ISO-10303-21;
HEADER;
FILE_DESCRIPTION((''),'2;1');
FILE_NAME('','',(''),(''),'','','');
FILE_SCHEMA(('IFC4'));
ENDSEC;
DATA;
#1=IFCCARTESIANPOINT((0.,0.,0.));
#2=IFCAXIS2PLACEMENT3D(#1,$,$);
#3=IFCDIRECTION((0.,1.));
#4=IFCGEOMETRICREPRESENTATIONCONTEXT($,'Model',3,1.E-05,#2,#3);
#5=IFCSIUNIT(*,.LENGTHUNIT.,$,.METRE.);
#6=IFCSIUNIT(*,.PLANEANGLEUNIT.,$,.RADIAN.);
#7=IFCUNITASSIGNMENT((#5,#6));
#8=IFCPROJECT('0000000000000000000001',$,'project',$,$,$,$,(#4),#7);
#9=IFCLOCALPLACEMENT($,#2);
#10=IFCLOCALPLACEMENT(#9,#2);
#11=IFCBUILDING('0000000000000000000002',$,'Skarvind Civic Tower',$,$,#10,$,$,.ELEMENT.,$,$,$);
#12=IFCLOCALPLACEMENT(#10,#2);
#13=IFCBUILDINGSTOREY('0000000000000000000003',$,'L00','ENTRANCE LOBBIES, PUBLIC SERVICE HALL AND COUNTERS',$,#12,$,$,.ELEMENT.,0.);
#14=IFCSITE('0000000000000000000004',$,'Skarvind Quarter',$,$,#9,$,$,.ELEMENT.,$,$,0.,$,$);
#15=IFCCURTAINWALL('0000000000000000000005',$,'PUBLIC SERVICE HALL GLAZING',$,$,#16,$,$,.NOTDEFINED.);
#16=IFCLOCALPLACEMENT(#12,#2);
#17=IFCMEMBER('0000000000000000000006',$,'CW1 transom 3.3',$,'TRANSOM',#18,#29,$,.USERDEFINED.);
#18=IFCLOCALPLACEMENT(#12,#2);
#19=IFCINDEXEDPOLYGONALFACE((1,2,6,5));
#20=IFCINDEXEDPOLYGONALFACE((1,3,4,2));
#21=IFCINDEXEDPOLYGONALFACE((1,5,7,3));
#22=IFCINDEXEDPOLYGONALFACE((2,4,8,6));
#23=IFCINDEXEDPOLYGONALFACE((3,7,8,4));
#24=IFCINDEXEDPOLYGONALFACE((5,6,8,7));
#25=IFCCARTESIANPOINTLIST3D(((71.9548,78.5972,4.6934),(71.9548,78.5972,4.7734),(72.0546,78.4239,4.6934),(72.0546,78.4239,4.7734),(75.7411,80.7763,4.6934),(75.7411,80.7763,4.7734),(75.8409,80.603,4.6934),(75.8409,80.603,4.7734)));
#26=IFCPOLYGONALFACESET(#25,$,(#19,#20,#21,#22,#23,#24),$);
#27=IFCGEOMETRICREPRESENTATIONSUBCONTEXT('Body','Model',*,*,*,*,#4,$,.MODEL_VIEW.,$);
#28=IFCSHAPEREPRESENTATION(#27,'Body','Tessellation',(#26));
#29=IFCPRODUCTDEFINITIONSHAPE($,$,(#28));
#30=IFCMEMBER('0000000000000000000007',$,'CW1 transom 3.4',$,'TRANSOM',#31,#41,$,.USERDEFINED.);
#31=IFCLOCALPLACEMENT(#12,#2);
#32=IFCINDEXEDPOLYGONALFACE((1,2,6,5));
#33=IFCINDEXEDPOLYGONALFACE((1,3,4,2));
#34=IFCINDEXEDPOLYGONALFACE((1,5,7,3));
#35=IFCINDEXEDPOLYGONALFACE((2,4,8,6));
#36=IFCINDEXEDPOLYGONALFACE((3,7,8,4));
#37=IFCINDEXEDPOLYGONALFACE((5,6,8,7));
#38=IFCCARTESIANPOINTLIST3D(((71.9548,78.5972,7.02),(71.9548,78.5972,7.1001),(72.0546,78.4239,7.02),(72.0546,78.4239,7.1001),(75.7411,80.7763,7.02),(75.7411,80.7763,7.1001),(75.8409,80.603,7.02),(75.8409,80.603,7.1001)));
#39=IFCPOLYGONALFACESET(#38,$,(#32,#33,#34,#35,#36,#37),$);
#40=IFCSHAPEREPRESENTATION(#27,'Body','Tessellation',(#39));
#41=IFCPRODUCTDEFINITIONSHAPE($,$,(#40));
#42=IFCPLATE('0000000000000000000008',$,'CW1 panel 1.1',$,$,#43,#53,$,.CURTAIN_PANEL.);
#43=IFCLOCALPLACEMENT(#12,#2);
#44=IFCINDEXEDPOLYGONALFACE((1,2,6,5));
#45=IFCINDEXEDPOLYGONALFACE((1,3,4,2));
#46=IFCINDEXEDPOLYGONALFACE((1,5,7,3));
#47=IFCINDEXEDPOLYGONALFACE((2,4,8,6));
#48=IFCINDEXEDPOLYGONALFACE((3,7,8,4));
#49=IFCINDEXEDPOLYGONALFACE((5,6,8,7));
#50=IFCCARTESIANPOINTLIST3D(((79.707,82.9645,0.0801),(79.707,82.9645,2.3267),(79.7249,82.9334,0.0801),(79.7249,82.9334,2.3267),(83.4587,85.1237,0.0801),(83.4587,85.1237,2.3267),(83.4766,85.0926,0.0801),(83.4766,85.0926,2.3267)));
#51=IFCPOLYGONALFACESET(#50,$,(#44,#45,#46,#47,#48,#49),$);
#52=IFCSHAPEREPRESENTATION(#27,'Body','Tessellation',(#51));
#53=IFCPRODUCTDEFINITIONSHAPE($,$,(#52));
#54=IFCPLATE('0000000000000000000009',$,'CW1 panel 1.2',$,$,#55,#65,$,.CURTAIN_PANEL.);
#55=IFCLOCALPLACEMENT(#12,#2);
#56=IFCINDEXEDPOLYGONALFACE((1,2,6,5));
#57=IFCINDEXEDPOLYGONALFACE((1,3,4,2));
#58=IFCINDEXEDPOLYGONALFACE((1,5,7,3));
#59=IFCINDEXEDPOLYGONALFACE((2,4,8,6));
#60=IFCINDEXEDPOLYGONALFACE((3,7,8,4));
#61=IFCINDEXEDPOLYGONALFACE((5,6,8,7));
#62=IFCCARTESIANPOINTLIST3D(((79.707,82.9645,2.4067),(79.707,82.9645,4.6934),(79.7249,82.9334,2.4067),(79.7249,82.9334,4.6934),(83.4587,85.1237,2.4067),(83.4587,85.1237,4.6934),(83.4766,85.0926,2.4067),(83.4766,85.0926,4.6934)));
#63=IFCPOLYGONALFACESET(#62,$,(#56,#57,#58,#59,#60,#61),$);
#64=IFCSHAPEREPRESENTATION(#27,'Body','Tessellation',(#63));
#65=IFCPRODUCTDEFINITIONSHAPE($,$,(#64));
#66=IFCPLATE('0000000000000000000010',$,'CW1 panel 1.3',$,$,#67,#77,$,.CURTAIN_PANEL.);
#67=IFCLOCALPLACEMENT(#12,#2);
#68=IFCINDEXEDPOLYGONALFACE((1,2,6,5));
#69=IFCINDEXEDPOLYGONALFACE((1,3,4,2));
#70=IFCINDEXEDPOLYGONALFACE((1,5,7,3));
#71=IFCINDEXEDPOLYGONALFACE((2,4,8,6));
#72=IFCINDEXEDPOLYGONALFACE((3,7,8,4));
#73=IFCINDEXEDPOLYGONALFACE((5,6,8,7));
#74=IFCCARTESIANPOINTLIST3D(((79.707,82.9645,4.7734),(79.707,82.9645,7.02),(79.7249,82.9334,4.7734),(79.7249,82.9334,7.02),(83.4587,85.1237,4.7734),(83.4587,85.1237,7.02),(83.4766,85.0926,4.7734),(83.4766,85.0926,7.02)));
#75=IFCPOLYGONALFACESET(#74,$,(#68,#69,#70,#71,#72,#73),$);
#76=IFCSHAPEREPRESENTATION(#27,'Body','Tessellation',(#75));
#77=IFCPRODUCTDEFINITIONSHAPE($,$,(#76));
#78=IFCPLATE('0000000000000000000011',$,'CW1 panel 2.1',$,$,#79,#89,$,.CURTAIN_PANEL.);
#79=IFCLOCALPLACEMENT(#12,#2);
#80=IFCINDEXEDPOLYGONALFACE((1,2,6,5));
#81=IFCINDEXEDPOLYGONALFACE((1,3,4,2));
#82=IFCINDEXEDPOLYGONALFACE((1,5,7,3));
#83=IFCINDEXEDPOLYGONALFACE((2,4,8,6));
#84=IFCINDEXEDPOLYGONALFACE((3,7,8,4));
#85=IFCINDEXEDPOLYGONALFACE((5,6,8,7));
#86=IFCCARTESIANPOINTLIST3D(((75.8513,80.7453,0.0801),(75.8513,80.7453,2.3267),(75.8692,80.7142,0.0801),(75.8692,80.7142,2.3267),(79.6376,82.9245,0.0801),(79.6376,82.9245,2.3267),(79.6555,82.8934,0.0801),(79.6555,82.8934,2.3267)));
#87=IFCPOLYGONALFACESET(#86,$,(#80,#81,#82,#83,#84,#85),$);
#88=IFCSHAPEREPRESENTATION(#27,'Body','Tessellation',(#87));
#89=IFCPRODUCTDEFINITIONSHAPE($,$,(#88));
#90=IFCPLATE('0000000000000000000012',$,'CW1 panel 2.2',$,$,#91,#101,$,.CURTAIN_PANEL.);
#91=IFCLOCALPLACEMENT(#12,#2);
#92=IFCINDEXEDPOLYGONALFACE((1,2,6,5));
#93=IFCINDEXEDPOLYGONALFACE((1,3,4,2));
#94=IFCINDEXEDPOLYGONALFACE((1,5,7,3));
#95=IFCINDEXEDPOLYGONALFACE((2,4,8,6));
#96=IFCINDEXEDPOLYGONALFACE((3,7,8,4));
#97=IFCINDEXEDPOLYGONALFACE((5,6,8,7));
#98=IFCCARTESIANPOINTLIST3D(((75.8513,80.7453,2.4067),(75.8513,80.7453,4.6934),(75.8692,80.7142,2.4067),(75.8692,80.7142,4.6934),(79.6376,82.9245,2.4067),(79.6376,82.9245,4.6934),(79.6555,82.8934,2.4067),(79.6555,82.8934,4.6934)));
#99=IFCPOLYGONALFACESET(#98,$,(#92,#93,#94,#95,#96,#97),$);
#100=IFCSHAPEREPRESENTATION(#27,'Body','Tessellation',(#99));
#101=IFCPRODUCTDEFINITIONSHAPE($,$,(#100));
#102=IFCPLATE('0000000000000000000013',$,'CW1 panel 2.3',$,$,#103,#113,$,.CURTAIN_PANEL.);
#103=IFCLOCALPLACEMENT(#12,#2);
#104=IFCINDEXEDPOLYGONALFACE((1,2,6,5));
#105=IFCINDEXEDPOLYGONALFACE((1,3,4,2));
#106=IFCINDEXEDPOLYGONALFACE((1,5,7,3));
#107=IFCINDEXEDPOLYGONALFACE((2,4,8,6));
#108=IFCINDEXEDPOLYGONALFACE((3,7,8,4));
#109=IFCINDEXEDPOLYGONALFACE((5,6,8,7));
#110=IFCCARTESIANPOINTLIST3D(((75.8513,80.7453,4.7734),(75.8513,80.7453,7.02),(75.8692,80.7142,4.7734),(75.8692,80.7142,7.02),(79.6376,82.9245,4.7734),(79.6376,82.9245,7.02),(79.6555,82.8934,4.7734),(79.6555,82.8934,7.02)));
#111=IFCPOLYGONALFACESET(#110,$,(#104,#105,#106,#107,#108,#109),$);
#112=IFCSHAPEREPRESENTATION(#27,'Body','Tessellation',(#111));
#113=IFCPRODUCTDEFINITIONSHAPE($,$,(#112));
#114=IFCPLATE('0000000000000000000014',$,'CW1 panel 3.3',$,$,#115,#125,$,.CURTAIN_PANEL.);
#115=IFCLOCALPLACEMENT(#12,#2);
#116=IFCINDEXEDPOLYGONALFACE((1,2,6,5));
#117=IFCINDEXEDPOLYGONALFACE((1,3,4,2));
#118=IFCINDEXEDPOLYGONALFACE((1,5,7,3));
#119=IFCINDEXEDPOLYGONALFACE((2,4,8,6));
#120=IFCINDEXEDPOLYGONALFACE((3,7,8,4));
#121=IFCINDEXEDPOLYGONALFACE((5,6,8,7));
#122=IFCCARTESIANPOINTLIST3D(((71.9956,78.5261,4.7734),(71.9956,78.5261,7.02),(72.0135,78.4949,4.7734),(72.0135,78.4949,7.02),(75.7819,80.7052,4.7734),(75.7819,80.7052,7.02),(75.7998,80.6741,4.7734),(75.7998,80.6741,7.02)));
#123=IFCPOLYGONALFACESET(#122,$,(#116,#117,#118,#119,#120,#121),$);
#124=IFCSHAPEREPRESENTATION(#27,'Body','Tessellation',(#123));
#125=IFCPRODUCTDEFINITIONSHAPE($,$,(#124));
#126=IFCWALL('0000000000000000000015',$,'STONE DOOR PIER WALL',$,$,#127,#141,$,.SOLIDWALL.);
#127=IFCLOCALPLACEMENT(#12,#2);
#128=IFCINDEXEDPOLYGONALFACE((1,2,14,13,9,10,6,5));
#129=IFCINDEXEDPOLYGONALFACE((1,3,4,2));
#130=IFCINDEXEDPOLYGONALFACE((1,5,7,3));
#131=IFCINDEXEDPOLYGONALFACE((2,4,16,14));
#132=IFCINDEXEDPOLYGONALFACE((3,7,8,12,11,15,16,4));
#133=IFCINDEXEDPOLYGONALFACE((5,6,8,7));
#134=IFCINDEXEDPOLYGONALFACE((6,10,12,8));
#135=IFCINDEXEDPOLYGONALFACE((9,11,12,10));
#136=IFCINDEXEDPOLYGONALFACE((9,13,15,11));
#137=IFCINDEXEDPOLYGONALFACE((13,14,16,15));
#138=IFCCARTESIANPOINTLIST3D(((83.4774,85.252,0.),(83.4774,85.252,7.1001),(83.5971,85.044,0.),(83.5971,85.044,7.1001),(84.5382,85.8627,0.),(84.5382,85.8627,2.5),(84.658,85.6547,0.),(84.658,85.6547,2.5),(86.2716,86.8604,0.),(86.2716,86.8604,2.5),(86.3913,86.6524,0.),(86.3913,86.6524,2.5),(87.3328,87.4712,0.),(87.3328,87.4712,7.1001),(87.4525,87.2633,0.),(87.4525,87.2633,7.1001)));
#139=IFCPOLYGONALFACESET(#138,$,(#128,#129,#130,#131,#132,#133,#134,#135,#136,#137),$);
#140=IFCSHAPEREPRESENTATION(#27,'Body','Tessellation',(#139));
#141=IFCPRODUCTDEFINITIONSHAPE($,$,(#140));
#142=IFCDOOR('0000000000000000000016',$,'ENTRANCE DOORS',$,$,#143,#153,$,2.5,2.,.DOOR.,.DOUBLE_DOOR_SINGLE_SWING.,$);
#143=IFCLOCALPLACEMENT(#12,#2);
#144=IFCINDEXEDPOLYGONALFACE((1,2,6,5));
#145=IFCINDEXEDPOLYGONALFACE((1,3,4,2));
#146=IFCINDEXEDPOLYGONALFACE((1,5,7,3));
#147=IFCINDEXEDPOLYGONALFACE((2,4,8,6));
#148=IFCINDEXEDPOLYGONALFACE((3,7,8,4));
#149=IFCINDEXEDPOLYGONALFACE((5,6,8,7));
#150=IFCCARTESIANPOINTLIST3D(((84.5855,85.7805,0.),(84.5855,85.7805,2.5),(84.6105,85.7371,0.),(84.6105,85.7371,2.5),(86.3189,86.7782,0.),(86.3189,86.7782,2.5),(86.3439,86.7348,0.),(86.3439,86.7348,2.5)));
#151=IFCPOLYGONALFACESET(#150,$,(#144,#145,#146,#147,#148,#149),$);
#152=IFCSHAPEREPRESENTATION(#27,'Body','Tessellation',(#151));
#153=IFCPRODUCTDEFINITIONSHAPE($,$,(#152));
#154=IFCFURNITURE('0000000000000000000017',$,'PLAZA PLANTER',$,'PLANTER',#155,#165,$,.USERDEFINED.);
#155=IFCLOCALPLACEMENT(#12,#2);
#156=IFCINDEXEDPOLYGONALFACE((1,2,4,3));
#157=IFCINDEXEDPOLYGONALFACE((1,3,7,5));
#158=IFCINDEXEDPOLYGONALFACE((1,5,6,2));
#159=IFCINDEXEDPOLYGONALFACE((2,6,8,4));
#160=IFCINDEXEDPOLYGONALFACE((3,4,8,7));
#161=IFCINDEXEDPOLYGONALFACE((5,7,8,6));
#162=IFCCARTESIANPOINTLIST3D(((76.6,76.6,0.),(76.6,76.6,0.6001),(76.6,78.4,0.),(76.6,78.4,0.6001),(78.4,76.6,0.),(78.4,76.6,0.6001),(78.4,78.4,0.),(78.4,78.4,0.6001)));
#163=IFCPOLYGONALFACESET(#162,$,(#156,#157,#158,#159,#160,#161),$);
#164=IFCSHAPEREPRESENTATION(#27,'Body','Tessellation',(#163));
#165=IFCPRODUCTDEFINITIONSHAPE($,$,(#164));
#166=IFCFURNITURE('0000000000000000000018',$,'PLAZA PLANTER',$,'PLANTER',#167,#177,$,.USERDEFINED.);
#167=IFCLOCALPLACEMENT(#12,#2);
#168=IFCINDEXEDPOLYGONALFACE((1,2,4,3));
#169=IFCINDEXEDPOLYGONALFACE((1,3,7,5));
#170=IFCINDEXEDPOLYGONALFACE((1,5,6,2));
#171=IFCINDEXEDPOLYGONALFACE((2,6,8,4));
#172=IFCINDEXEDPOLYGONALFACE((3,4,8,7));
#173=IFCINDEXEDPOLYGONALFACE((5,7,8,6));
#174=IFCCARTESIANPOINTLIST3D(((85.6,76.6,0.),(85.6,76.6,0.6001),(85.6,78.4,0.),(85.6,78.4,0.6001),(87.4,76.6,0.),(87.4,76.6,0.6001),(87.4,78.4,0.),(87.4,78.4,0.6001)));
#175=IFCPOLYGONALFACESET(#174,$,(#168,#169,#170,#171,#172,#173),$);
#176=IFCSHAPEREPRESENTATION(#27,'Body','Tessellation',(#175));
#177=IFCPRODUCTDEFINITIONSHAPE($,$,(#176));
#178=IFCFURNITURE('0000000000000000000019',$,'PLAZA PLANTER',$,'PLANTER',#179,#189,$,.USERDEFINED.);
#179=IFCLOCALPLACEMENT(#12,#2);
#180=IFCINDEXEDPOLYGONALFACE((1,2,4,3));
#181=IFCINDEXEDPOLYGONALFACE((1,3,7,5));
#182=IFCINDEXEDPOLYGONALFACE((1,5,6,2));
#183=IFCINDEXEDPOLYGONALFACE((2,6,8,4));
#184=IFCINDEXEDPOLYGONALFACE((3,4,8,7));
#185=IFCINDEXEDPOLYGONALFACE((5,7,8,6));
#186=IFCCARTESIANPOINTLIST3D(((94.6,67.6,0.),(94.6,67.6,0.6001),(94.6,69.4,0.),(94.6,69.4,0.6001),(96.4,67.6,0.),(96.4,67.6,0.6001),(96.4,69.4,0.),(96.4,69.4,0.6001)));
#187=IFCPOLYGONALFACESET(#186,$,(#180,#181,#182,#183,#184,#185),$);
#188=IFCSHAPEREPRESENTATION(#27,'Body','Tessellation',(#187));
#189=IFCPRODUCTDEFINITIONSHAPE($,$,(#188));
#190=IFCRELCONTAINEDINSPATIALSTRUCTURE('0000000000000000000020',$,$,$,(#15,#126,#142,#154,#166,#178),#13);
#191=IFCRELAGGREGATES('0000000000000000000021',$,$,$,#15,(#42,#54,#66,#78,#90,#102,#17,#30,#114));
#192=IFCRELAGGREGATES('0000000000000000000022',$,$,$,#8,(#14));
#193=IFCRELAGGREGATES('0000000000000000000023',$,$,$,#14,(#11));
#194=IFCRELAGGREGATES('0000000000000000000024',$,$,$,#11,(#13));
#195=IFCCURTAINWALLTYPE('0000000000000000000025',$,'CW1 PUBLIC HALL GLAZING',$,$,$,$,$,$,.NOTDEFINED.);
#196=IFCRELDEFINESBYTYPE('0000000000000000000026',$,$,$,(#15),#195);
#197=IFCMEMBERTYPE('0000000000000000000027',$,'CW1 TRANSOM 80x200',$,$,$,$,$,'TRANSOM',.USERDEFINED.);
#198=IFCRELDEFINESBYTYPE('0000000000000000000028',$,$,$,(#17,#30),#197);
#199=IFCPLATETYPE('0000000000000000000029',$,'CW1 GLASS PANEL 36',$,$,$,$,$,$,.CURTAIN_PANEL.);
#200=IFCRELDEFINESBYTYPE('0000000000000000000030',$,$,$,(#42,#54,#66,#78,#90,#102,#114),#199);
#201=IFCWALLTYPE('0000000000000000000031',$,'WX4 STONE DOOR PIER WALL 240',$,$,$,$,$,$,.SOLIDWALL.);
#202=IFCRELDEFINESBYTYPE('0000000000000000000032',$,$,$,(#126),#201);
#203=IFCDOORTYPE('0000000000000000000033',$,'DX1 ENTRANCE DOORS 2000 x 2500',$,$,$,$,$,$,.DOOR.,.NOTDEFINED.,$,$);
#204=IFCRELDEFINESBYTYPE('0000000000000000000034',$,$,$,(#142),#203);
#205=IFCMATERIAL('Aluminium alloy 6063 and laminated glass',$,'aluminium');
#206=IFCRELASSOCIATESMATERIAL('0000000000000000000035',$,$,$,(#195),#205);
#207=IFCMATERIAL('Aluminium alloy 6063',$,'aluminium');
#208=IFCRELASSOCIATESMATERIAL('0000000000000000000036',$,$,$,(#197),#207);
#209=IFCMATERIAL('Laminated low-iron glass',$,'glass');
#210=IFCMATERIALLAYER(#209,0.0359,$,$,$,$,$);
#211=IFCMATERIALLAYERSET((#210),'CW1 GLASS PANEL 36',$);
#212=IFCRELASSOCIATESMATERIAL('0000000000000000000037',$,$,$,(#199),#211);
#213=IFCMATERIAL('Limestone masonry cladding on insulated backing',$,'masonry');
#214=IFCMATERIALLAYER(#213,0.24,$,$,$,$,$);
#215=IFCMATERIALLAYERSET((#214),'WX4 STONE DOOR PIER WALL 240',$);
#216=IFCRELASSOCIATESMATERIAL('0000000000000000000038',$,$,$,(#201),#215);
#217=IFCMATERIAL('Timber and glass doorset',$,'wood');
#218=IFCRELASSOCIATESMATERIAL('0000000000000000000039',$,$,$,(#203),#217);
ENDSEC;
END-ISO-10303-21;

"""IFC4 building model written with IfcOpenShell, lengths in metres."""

from ifc_helpers import new_model, si_unit, direction, frame, frame_2d, origin, origin_2d, place, context, subcontext, project, spatial, rectangle, extrude, material, layer, layer_set, material_profile, profile_set, type_object, element, fill, aggregate, save


model = new_model("IFC4")

# Units and contexts
model_context = context("Model", 3, precision=1e-05, world=origin(), true_north=direction((0.0, 1.0)))
body_context = subcontext(model_context, "Body", "Model", "MODEL_VIEW")
ifc_project = project(units=[si_unit("LENGTHUNIT", "METRE"), si_unit("PLANEANGLEUNIT", "RADIAN")], contexts=[model_context])

# Site, building, storey
site_placement = place(None, origin())
site = spatial("IfcSite", under=ifc_project, at=site_placement, Name="Skarvind Quarter", CompositionType="ELEMENT", RefElevation=0.0)
building_placement = place(site_placement, origin())
building = spatial("IfcBuilding", under=site, at=building_placement, Name="Skarvind Civic Tower", CompositionType="ELEMENT")
storey_placement = place(building_placement, origin())
storey = spatial("IfcBuildingStorey", under=building, at=storey_placement, Name="L00", Description="ENTRANCE LOBBIES, PUBLIC SERVICE HALL AND COUNTERS", CompositionType="ELEMENT", Elevation=0.0)

# Curtain wall, members, plates
ifc_material_1 = material(Name="Aluminium alloy 6063 and laminated glass", Category="aluminium")
curtain_wall_type = type_object("IfcCurtainWallType", Name="CW1 PUBLIC HALL GLAZING", PredefinedType="NOTDEFINED", material=ifc_material_1)
curtain_wall_placement = place(storey_placement, origin())
curtain_wall = element("IfcCurtainWall", 1, at=curtain_wall_placement, inside=storey, type_object=curtain_wall_type, Name="PUBLIC SERVICE HALL GLAZING", PredefinedType="NOTDEFINED")
ifc_material_2 = material(Name="Aluminium alloy 6063", Category="aluminium")
ifc_material_profile_1 = material_profile(ifc_material_2, rectangle(XDim=0.2, YDim=0.0801, at=origin_2d()), Name="AL 80x200")
ifc_profile_set_1 = profile_set([ifc_material_profile_1], Name="Aluminium alloy 6063")
member_type_1 = type_object("IfcMemberType", Name="CW1 TRANSOM 80x200", ElementType="TRANSOM", PredefinedType="USERDEFINED", material=ifc_profile_set_1)
member_1_placement = place(storey_placement, frame((75.791, 80.6897, 4.7334), z_axis=(-0.866705, -0.498821, 0.0), x_axis=(0.498821, -0.866705, 0.0)))
member_1 = element("IfcMember", 2, at=member_1_placement, type_object=member_type_1, Name="CW1 transom 3.3", ObjectType="TRANSOM", PredefinedType="USERDEFINED", context=body_context, shape_type="SweptSolid", body=[
    extrude(rectangle(XDim=0.2, YDim=0.0801, at=origin_2d()), origin(), (0.0, 0.0, 1.0), 4.3687),
])
member_2_placement = place(storey_placement, frame((75.791, 80.6897, 7.0601), z_axis=(-0.866705, -0.498821, 0.0), x_axis=(0.498821, -0.866705, 0.0)))
member_2 = element("IfcMember", 3, at=member_2_placement, type_object=member_type_1, Name="CW1 transom 3.4", ObjectType="TRANSOM", PredefinedType="USERDEFINED", context=body_context, shape_type="SweptSolid", body=[
    extrude(rectangle(XDim=0.2, YDim=0.0801, at=origin_2d()), origin(), (0.0, 0.0, 1.0), 4.3687),
])
ifc_material_3 = material(Name="Laminated low-iron glass", Category="glass")
ifc_layer_1 = layer(ifc_material_3, 0.0359)
ifc_layer_set_1 = layer_set([ifc_layer_1], Name="CW1 GLASS PANEL 36")
plate_type = type_object("IfcPlateType", Name="CW1 GLASS PANEL 36", PredefinedType="CURTAIN_PANEL", material=ifc_layer_set_1)
plate_1_placement = place(storey_placement, frame((81.5918, 84.0286, 0.0801), z_axis=(0.0, 0.0, 1.0), x_axis=(-0.866702, -0.498825, 0.0)))
plate_1 = element("IfcPlate", 4, at=plate_1_placement, type_object=plate_type, Name="CW1 panel 1.1", PredefinedType="CURTAIN_PANEL", context=body_context, shape_type="SweptSolid", body=[
    extrude(rectangle(XDim=4.3286, YDim=0.0359, at=origin_2d()), origin(), (0.0, 0.0, 1.0), 2.2466),
])
plate_2_placement = place(storey_placement, frame((81.5918, 84.0286, 2.4067), z_axis=(0.0, 0.0, 1.0), x_axis=(-0.866702, -0.498825, 0.0)))
plate_2 = element("IfcPlate", 5, at=plate_2_placement, type_object=plate_type, Name="CW1 panel 1.2", PredefinedType="CURTAIN_PANEL", context=body_context, shape_type="SweptSolid", body=[
    extrude(rectangle(XDim=4.3286, YDim=0.0359, at=origin_2d()), origin(), (0.0, 0.0, 1.0), 2.2866),
])
plate_3_placement = place(storey_placement, frame((81.5918, 84.0286, 4.7734), z_axis=(0.0, 0.0, 1.0), x_axis=(-0.866702, -0.498825, 0.0)))
plate_3 = element("IfcPlate", 6, at=plate_3_placement, type_object=plate_type, Name="CW1 panel 1.3", PredefinedType="CURTAIN_PANEL", context=body_context, shape_type="SweptSolid", body=[
    extrude(rectangle(XDim=4.3286, YDim=0.0359, at=origin_2d()), origin(), (0.0, 0.0, 1.0), 2.2466),
])
plate_4_placement = place(storey_placement, frame((77.7534, 81.8193, 0.0801), z_axis=(0.0, 0.0, 1.0), x_axis=(-0.866702, -0.498825, 0.0)))
plate_4 = element("IfcPlate", 7, at=plate_4_placement, type_object=plate_type, Name="CW1 panel 2.1", PredefinedType="CURTAIN_PANEL", context=body_context, shape_type="SweptSolid", body=[
    extrude(rectangle(XDim=4.3687, YDim=0.0359, at=origin_2d()), origin(), (0.0, 0.0, 1.0), 2.2466),
])
plate_5_placement = place(storey_placement, frame((77.7534, 81.8193, 2.4067), z_axis=(0.0, 0.0, 1.0), x_axis=(-0.866702, -0.498825, 0.0)))
plate_5 = element("IfcPlate", 8, at=plate_5_placement, type_object=plate_type, Name="CW1 panel 2.2", PredefinedType="CURTAIN_PANEL", context=body_context, shape_type="SweptSolid", body=[
    extrude(rectangle(XDim=4.3687, YDim=0.0359, at=origin_2d()), origin(), (0.0, 0.0, 1.0), 2.2866),
])
plate_6_placement = place(storey_placement, frame((77.7534, 81.8193, 4.7734), z_axis=(0.0, 0.0, 1.0), x_axis=(-0.866702, -0.498825, 0.0)))
plate_6 = element("IfcPlate", 9, at=plate_6_placement, type_object=plate_type, Name="CW1 panel 2.3", PredefinedType="CURTAIN_PANEL", context=body_context, shape_type="SweptSolid", body=[
    extrude(rectangle(XDim=4.3687, YDim=0.0359, at=origin_2d()), origin(), (0.0, 0.0, 1.0), 2.2466),
])
plate_7_placement = place(storey_placement, frame((73.8977, 79.6001, 4.7734), z_axis=(0.0, 0.0, 1.0), x_axis=(-0.866702, -0.498825, 0.0)))
plate_7 = element("IfcPlate", 10, at=plate_7_placement, type_object=plate_type, Name="CW1 panel 3.3", PredefinedType="CURTAIN_PANEL", context=body_context, shape_type="SweptSolid", body=[
    extrude(rectangle(XDim=4.3687, YDim=0.0359, at=origin_2d()), origin(), (0.0, 0.0, 1.0), 2.2466),
])
aggregate(curtain_wall, [plate_1, plate_2, plate_3, plate_4, plate_5, plate_6, member_1, member_2, plate_7])

# Wall, opening, door
ifc_material_4 = material(Name="Limestone masonry cladding on insulated backing", Category="masonry")
ifc_layer_2 = layer(ifc_material_4, 0.24)
ifc_layer_set_2 = layer_set([ifc_layer_2], Name="WX4 STONE DOOR PIER WALL 240")
wall_type = type_object("IfcWallType", Name="WX4 STONE DOOR PIER WALL 240", PredefinedType="SOLIDWALL", material=ifc_layer_set_2)
wall_placement = place(storey_placement, frame((87.3926, 87.3672, 0.0), z_axis=(0.0, 0.0, 1.0), x_axis=(-0.866679, -0.498867, 0.0)))
wall = element("IfcWall", 11, at=wall_placement, inside=storey, type_object=wall_type, Name="STONE DOOR PIER WALL", PredefinedType="SOLIDWALL", context=body_context, shape_type="SweptSolid", body=[
    extrude(rectangle(XDim=4.4485, YDim=0.24, at=frame_2d((2.2241, 0.0))), origin(), (0.0, 0.0, 1.0), 7.1001),
])
opening_placement = place(wall_placement, frame((1.2244, 0.0, 0.0)))
opening = element("IfcOpeningElement", 12, at=opening_placement, cuts=wall, PredefinedType="OPENING", context=body_context, shape_type="SweptSolid", body=[
    extrude(rectangle(XDim=2.0, YDim=2.5, at=frame_2d((1.0, 1.25))), frame((0.0, 0.1299, 0.0), z_axis=(0.0, -1.0, 0.0), x_axis=(1.0, 0.0, 0.0)), (0.0, 0.0, 1.0), 0.26),
])
ifc_material_5 = material(Name="Timber and glass doorset", Category="wood")
door_type = type_object("IfcDoorType", Name="DX1 ENTRANCE DOORS 2000 x 2500", OperationType="NOTDEFINED", PredefinedType="DOOR", material=ifc_material_5)
door_placement = place(opening_placement, origin())
door = element("IfcDoor", 13, at=door_placement, inside=storey, type_object=door_type, Name="ENTRANCE DOORS", OperationType="DOUBLE_DOOR_SINGLE_SWING", OverallHeight=2.5, OverallWidth=2.0, PredefinedType="DOOR", context=body_context, shape_type="SweptSolid", body=[
    extrude(rectangle(XDim=2.0, YDim=2.5, at=frame_2d((1.0, 1.25))), frame((0.0, 0.0249, 0.0), z_axis=(0.0, -1.0, 0.0), x_axis=(1.0, 0.0, 0.0)), (0.0, 0.0, 1.0), 0.05),
])
fill(opening, door)

# Furniture
for number, where, z_axis, x_axis, name in (
    (14, (77.5, 77.5, 0.0), (0.0, 0.0, 1.0), (1.0, 0.0, 0.0), "PLAZA PLANTER"),
    (15, (86.5, 77.5, 0.0), (0.0, 0.0, 1.0), (1.0, 0.0, 0.0), "PLAZA PLANTER"),
    (16, (95.5, 68.5, 0.0), (0.0, 0.0, 1.0), (1.0, 0.0, 0.0), "PLAZA PLANTER"),
):
    element("IfcFurniture", number, at=place(storey_placement, frame(where, z_axis=z_axis, x_axis=x_axis)), inside=storey, Name=name, ObjectType="PLANTER", PredefinedType="USERDEFINED", context=body_context, shape_type="SweptSolid", body=[
        extrude(rectangle(XDim=1.8, YDim=1.8, at=origin_2d()), origin(), (0.0, 0.0, 1.0), 0.6001),
    ])

save(model, "model.ifc")
